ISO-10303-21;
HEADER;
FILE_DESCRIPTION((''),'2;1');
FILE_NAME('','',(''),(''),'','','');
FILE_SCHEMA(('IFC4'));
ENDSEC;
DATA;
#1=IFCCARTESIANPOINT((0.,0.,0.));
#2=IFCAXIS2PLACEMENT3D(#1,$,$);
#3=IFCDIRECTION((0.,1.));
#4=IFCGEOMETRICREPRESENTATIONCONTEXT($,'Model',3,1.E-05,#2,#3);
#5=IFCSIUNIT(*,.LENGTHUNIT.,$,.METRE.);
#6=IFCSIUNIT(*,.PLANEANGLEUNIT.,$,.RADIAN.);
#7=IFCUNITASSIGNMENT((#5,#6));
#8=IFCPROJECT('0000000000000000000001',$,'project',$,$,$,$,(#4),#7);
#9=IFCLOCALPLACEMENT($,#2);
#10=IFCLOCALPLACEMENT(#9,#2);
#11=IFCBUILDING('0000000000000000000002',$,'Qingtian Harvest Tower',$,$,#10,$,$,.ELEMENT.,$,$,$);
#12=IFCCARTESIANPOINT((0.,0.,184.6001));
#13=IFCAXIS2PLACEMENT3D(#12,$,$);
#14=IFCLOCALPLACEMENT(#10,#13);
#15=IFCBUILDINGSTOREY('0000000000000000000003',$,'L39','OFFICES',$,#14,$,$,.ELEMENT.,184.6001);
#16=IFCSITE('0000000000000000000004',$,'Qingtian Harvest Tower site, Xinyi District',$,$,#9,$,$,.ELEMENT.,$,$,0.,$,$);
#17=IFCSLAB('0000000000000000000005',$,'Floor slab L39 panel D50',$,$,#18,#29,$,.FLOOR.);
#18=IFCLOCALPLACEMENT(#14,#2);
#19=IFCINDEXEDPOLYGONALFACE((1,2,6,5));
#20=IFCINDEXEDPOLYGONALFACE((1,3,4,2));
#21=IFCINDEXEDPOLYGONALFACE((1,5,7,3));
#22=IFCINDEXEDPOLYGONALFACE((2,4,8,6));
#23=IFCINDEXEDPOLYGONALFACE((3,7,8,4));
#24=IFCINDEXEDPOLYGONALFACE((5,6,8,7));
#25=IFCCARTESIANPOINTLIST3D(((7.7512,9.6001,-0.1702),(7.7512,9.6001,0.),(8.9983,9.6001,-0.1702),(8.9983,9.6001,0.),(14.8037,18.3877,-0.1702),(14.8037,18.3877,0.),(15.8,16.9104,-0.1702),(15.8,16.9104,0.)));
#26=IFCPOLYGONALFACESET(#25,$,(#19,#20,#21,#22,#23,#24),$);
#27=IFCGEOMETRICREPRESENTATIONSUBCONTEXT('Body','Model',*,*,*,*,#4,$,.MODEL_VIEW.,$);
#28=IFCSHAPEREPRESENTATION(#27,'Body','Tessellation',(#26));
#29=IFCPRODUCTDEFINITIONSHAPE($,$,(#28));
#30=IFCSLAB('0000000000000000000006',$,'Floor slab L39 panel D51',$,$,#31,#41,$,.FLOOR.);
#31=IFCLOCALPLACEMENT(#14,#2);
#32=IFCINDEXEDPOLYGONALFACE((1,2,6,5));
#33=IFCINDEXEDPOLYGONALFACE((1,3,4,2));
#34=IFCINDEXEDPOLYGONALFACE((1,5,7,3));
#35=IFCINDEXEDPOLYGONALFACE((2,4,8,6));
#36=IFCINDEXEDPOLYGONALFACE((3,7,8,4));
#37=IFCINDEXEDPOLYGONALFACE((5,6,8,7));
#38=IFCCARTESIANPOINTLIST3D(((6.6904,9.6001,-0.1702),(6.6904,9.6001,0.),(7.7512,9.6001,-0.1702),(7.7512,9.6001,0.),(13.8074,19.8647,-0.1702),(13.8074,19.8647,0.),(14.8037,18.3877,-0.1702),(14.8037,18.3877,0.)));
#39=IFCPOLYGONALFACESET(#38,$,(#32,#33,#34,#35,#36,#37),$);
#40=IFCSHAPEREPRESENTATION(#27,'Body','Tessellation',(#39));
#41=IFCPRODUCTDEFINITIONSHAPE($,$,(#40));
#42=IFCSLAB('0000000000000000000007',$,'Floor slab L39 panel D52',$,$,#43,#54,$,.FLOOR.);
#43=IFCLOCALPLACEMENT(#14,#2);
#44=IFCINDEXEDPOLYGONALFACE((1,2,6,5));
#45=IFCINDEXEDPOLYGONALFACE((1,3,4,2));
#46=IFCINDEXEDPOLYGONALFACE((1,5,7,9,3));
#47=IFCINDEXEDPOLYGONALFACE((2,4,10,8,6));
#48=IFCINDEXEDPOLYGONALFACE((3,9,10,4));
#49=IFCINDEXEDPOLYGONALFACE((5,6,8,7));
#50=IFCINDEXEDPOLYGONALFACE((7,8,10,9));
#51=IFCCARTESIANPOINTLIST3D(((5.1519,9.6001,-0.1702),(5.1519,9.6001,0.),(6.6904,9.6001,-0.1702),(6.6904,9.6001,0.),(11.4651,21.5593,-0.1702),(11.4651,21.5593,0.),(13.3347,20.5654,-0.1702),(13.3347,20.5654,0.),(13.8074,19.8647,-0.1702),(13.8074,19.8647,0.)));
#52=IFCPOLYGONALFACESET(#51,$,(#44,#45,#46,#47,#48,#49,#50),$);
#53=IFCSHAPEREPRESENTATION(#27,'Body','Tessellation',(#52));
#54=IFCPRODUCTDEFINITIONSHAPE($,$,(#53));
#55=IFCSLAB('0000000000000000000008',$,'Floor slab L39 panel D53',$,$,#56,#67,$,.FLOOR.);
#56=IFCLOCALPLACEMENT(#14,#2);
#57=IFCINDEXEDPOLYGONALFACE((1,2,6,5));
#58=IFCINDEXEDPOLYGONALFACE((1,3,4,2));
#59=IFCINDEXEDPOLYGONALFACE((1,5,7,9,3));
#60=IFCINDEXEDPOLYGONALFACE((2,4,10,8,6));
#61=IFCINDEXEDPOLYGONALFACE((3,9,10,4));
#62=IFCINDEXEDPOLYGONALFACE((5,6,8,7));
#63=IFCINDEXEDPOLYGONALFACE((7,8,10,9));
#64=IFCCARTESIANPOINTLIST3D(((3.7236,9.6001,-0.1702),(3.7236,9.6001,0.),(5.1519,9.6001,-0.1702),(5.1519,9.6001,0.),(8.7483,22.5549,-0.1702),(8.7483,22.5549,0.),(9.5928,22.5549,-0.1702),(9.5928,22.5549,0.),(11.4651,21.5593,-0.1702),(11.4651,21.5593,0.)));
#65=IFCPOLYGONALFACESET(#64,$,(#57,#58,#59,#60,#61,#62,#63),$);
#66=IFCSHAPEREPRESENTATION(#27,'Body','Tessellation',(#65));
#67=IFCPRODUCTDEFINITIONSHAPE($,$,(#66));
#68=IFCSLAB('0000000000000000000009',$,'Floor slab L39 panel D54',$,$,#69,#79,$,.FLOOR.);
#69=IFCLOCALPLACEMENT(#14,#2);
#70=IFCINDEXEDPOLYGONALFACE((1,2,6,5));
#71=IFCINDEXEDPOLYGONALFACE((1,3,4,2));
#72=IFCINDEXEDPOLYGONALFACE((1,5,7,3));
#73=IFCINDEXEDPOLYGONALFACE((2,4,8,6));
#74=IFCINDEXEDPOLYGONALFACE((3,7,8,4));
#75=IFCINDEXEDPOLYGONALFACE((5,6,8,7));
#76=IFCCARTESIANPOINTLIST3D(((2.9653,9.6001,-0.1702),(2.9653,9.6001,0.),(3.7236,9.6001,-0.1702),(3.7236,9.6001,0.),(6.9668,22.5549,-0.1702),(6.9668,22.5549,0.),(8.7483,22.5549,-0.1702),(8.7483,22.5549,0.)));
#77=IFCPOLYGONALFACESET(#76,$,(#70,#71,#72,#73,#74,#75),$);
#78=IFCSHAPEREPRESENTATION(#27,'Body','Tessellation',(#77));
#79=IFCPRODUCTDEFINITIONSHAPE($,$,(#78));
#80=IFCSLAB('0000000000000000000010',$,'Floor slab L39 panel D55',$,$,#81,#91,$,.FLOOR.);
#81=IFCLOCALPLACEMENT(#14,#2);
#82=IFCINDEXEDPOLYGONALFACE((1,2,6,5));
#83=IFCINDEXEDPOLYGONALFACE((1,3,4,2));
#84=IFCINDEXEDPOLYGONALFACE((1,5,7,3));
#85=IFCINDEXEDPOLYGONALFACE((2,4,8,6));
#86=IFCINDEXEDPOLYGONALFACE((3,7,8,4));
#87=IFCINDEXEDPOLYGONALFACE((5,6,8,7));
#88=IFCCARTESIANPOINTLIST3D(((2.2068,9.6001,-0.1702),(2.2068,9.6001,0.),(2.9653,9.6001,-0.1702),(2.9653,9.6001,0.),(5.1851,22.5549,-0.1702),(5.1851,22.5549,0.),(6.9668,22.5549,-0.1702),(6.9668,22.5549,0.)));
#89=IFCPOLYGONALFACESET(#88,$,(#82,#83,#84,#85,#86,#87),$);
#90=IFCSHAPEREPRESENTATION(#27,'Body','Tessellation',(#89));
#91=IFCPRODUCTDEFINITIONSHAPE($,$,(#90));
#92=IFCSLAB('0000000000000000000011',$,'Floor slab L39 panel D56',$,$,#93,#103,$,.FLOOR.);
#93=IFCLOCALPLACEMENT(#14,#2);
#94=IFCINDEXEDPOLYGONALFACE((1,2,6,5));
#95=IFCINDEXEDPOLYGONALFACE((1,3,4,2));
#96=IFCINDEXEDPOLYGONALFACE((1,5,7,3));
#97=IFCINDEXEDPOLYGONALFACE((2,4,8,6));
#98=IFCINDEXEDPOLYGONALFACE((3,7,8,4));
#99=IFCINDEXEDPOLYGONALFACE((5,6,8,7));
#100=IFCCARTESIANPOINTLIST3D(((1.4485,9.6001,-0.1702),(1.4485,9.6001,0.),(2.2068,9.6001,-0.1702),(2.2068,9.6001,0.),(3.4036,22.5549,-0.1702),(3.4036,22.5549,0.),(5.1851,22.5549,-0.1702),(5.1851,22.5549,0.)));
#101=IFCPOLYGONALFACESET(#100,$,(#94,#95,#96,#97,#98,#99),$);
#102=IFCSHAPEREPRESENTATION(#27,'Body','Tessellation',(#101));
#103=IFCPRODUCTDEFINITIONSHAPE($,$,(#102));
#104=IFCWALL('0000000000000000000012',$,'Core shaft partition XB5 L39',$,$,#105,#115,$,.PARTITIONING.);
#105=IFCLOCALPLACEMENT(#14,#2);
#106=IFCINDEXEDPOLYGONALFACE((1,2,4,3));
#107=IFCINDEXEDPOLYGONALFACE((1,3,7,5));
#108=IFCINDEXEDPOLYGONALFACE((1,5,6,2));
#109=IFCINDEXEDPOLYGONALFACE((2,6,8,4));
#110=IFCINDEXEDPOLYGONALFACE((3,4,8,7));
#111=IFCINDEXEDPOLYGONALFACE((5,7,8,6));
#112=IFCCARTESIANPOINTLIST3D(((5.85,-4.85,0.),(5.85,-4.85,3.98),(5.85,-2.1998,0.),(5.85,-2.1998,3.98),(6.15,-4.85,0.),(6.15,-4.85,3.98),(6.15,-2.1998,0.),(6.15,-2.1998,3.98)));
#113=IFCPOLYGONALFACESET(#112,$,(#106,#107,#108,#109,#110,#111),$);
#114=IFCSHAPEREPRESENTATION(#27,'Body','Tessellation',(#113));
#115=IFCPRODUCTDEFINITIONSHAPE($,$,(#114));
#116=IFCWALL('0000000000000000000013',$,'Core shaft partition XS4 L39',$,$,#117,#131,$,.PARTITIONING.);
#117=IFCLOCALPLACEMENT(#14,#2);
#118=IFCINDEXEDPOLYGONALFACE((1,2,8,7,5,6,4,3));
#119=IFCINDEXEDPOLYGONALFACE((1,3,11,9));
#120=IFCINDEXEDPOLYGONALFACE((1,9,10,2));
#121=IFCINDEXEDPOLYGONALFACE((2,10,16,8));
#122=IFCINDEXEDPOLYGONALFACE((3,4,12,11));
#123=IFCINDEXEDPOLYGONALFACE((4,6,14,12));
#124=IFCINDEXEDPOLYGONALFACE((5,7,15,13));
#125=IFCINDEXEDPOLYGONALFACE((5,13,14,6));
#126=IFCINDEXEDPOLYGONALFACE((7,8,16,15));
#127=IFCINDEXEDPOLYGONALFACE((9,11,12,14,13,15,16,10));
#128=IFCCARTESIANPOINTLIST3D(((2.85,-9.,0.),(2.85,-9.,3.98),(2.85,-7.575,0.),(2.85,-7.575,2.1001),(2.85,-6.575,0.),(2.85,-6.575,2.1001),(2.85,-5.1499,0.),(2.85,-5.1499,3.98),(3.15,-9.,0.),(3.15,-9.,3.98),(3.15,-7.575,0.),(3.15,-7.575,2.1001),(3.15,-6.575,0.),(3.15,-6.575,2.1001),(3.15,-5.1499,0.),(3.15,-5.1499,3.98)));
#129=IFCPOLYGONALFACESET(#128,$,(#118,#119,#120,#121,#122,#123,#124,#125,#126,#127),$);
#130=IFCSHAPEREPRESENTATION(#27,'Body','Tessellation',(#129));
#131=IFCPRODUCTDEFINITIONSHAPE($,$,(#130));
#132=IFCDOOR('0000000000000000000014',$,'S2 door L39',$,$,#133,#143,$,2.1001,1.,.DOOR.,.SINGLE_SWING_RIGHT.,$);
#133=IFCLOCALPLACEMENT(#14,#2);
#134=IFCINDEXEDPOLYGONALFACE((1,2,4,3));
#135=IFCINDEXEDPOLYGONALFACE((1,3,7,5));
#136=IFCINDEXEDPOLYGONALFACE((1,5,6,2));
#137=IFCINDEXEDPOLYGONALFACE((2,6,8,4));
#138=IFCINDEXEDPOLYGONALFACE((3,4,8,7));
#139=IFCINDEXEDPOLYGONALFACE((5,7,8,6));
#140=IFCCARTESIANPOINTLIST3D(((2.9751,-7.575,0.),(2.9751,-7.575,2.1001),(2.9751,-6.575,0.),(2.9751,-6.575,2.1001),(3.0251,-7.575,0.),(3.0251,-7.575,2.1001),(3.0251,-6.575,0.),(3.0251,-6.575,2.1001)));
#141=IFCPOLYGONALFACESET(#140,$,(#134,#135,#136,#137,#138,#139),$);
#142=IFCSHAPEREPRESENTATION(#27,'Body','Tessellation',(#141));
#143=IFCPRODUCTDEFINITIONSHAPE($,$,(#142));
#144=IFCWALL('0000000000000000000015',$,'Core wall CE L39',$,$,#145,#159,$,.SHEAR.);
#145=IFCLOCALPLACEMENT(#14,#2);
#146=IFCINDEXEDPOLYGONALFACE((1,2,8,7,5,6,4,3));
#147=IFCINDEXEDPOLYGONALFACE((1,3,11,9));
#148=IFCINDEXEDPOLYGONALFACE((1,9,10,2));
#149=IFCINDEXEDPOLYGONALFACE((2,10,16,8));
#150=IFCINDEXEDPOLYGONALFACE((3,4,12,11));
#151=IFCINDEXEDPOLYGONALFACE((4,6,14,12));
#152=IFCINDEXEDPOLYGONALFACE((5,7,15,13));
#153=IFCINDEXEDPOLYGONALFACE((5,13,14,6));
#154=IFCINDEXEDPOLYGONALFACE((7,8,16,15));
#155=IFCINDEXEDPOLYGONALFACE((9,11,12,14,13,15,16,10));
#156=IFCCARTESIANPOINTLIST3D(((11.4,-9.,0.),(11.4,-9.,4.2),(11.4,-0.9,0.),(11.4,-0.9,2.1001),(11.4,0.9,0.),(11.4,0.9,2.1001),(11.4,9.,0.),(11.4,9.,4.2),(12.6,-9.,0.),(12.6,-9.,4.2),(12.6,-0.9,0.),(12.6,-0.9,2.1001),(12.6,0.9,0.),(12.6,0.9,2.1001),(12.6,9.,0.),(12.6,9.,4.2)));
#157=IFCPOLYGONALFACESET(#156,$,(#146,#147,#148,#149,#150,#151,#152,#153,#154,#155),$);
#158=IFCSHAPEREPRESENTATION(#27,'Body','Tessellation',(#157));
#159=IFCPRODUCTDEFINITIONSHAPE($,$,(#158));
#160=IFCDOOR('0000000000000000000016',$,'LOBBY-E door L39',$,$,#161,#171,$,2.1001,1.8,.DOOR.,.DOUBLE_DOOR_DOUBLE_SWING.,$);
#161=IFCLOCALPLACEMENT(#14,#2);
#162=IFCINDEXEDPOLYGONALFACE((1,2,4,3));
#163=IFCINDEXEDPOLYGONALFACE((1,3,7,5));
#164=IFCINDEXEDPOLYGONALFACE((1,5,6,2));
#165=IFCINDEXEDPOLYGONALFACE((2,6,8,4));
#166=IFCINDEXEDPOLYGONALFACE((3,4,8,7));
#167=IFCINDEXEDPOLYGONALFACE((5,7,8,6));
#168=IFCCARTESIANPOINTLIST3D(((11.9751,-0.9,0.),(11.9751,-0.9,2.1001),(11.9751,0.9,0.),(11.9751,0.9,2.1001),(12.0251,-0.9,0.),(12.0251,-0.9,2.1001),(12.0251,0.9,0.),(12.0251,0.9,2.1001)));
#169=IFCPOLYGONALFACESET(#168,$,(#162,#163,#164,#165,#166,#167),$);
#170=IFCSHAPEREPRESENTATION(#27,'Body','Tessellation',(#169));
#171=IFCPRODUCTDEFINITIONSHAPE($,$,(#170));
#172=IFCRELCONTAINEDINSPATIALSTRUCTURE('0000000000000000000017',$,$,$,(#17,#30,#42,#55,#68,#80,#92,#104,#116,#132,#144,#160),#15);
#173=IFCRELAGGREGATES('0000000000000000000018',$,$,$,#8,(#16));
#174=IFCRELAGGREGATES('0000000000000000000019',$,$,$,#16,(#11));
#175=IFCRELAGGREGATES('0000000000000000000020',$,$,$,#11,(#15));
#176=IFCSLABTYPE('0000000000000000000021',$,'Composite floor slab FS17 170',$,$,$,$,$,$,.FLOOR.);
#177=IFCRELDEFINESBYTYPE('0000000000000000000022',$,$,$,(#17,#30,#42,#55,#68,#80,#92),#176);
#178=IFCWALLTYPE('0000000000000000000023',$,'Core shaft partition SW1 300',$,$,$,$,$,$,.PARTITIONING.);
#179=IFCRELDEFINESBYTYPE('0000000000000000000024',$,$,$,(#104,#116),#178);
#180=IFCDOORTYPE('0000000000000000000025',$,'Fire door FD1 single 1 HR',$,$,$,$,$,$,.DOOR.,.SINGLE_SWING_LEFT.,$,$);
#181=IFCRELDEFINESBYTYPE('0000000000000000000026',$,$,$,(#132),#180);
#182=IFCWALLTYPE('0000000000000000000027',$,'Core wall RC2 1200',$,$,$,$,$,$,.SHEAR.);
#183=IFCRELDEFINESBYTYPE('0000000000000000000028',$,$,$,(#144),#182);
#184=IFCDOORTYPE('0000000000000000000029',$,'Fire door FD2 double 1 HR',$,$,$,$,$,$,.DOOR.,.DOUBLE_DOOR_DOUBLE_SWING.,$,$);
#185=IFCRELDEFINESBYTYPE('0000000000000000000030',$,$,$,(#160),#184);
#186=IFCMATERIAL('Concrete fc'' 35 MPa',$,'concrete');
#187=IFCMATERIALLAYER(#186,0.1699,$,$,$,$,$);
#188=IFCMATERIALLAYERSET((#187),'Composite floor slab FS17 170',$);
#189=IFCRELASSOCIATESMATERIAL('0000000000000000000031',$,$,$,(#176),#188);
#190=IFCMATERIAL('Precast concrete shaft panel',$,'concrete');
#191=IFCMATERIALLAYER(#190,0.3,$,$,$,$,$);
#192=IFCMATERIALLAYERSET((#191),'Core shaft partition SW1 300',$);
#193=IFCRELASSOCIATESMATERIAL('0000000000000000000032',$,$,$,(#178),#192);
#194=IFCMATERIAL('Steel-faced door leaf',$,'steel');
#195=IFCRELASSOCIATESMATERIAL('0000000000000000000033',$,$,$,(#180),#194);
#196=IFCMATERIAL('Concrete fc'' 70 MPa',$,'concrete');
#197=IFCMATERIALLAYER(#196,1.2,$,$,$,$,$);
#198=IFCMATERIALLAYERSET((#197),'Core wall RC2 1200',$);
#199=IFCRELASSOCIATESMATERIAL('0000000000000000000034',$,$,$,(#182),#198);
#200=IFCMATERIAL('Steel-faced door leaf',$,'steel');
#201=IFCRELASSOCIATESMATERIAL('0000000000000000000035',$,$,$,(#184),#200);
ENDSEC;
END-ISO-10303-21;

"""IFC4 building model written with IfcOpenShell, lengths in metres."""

from ifc_helpers import new_model, si_unit, direction, frame, frame_2d, origin, place, context, subcontext, project, spatial, polyline, rectangle, outline, extrude, material, layer, layer_set, type_object, element, fill, save


model = new_model("IFC4")

# Units and contexts
model_context = context("Model", 3, precision=1e-05, world=origin(), true_north=direction((0.0, 1.0)))
body_context = subcontext(model_context, "Body", "Model", "MODEL_VIEW")
ifc_project = project(units=[si_unit("LENGTHUNIT", "METRE"), si_unit("PLANEANGLEUNIT", "RADIAN")], contexts=[model_context])

# Site, building, storey
site_placement = place(None, origin())
site = spatial("IfcSite", under=ifc_project, at=site_placement, Name="Qingtian Harvest Tower site, Xinyi District", CompositionType="ELEMENT", RefElevation=0.0)
building_placement = place(site_placement, origin())
building = spatial("IfcBuilding", under=site, at=building_placement, Name="Qingtian Harvest Tower", CompositionType="ELEMENT")
storey_placement = place(building_placement, frame((0.0, 0.0, 184.6001)))
storey = spatial("IfcBuildingStorey", under=building, at=storey_placement, Name="L39", Description="OFFICES", CompositionType="ELEMENT", Elevation=184.6001)

# Slabs
ifc_material_1 = material(Name="Concrete fc' 35 MPa", Category="concrete")
ifc_layer_1 = layer(ifc_material_1, 0.1699)
ifc_layer_set_1 = layer_set([ifc_layer_1], Name="Composite floor slab FS17 170")
slab_type = type_object("IfcSlabType", Name="Composite floor slab FS17 170", PredefinedType="FLOOR", material=ifc_layer_set_1)
slab_1_placement = place(storey_placement, frame((0.0, 0.0, -0.1702)))
element("IfcSlab", 1, at=slab_1_placement, inside=storey, type_object=slab_type, Name="Floor slab L39 panel D50", PredefinedType="FLOOR", context=body_context, shape_type="SweptSolid", body=[
    extrude(outline(polyline([(7.7512, 9.6001), (14.8037, 18.3877), (15.8, 16.9104), (8.9983, 9.6001), (7.7512, 9.6001)])), origin(), (0.0, 0.0, 1.0), 0.1702),
])
slab_2_placement = place(storey_placement, frame((0.0, 0.0, -0.1702)))
element("IfcSlab", 2, at=slab_2_placement, inside=storey, type_object=slab_type, Name="Floor slab L39 panel D51", PredefinedType="FLOOR", context=body_context, shape_type="SweptSolid", body=[
    extrude(outline(polyline([(6.6904, 9.6001), (13.8074, 19.8647), (14.8037, 18.3877), (7.7512, 9.6001), (6.6904, 9.6001)])), origin(), (0.0, 0.0, 1.0), 0.1702),
])
slab_3_placement = place(storey_placement, frame((0.0, 0.0, -0.1702)))
element("IfcSlab", 3, at=slab_3_placement, inside=storey, type_object=slab_type, Name="Floor slab L39 panel D52", PredefinedType="FLOOR", context=body_context, shape_type="SweptSolid", body=[
    extrude(outline(polyline([(6.6904, 9.6001), (5.1519, 9.6001), (11.4651, 21.5593), (13.3347, 20.5654), (13.8074, 19.8647), (6.6904, 9.6001)])), origin(), (0.0, 0.0, 1.0), 0.1702),
])
slab_4_placement = place(storey_placement, frame((0.0, 0.0, -0.1702)))
element("IfcSlab", 4, at=slab_4_placement, inside=storey, type_object=slab_type, Name="Floor slab L39 panel D53", PredefinedType="FLOOR", context=body_context, shape_type="SweptSolid", body=[
    extrude(outline(polyline([(3.7236, 9.6001), (8.7483, 22.5549), (9.5928, 22.5549), (11.4651, 21.5593), (5.1519, 9.6001), (3.7236, 9.6001)])), origin(), (0.0, 0.0, 1.0), 0.1702),
])
slab_5_placement = place(storey_placement, frame((0.0, 0.0, -0.1702)))
element("IfcSlab", 5, at=slab_5_placement, inside=storey, type_object=slab_type, Name="Floor slab L39 panel D54", PredefinedType="FLOOR", context=body_context, shape_type="SweptSolid", body=[
    extrude(outline(polyline([(2.9653, 9.6001), (6.9668, 22.5549), (8.7483, 22.5549), (3.7236, 9.6001), (2.9653, 9.6001)])), origin(), (0.0, 0.0, 1.0), 0.1702),
])
slab_6_placement = place(storey_placement, frame((0.0, 0.0, -0.1702)))
element("IfcSlab", 6, at=slab_6_placement, inside=storey, type_object=slab_type, Name="Floor slab L39 panel D55", PredefinedType="FLOOR", context=body_context, shape_type="SweptSolid", body=[
    extrude(outline(polyline([(2.2068, 9.6001), (5.1851, 22.5549), (6.9668, 22.5549), (2.9653, 9.6001), (2.2068, 9.6001)])), origin(), (0.0, 0.0, 1.0), 0.1702),
])
slab_7_placement = place(storey_placement, frame((0.0, 0.0, -0.1702)))
element("IfcSlab", 7, at=slab_7_placement, inside=storey, type_object=slab_type, Name="Floor slab L39 panel D56", PredefinedType="FLOOR", context=body_context, shape_type="SweptSolid", body=[
    extrude(outline(polyline([(1.4485, 9.6001), (3.4036, 22.5549), (5.1851, 22.5549), (2.2068, 9.6001), (1.4485, 9.6001)])), origin(), (0.0, 0.0, 1.0), 0.1702),
])

# Wall
ifc_material_2 = material(Name="Precast concrete shaft panel", Category="concrete")
ifc_layer_2 = layer(ifc_material_2, 0.3)
ifc_layer_set_2 = layer_set([ifc_layer_2], Name="Core shaft partition SW1 300")
wall_type_1 = type_object("IfcWallType", Name="Core shaft partition SW1 300", PredefinedType="PARTITIONING", material=ifc_layer_set_2)
wall_1_placement = place(storey_placement, frame((6.0, -4.8501, 0.0), z_axis=(0.0, 0.0, 1.0), x_axis=(0.0, 1.0, 0.0)))
element("IfcWall", 8, at=wall_1_placement, inside=storey, type_object=wall_type_1, Name="Core shaft partition XB5 L39", PredefinedType="PARTITIONING", context=body_context, shape_type="SweptSolid", body=[
    extrude(rectangle(XDim=2.6501, YDim=0.3, at=frame_2d((1.3252, 0.0))), origin(), (0.0, 0.0, 1.0), 3.98),
])

# Walls, openings, doors
wall_2_placement = place(storey_placement, frame((3.0, -9.0, 0.0), z_axis=(0.0, 0.0, 1.0), x_axis=(0.0, 1.0, 0.0)))
wall_2 = element("IfcWall", 9, at=wall_2_placement, inside=storey, type_object=wall_type_1, Name="Core shaft partition XS4 L39", PredefinedType="PARTITIONING", context=body_context, shape_type="SweptSolid", body=[
    extrude(rectangle(XDim=3.8501, YDim=0.3, at=frame_2d((1.925, 0.0))), origin(), (0.0, 0.0, 1.0), 3.98),
])
opening_1_placement = place(wall_2_placement, frame((1.425, 0.0, 0.0)))
opening_1 = element("IfcOpeningElement", 10, at=opening_1_placement, cuts=wall_2, PredefinedType="OPENING", context=body_context, shape_type="SweptSolid", body=[
    extrude(rectangle(XDim=1.0, YDim=2.1001, at=frame_2d((0.5, 1.05))), frame((0.0, 0.1599, 0.0), z_axis=(0.0, -1.0, 0.0), x_axis=(1.0, 0.0, 0.0)), (0.0, 0.0, 1.0), 0.3201),
])
ifc_material_3 = material(Name="Steel-faced door leaf", Category="steel")
door_type_1 = type_object("IfcDoorType", Name="Fire door FD1 single 1 HR", OperationType="SINGLE_SWING_LEFT", PredefinedType="DOOR", material=ifc_material_3)
door_1_placement = place(opening_1_placement, origin())
door_1 = element("IfcDoor", 11, at=door_1_placement, inside=storey, type_object=door_type_1, Name="S2 door L39", OperationType="SINGLE_SWING_RIGHT", OverallHeight=2.1001, OverallWidth=1.0, PredefinedType="DOOR", context=body_context, shape_type="SweptSolid", body=[
    extrude(rectangle(XDim=1.0, YDim=2.1001, at=frame_2d((0.5, 1.05))), frame((0.0, 0.0249, 0.0), z_axis=(0.0, -1.0, 0.0), x_axis=(1.0, 0.0, 0.0)), (0.0, 0.0, 1.0), 0.05),
])
fill(opening_1, door_1)
ifc_material_4 = material(Name="Concrete fc' 70 MPa", Category="concrete")
ifc_layer_3 = layer(ifc_material_4, 1.2)
ifc_layer_set_3 = layer_set([ifc_layer_3], Name="Core wall RC2 1200")
wall_type_2 = type_object("IfcWallType", Name="Core wall RC2 1200", PredefinedType="SHEAR", material=ifc_layer_set_3)
wall_3_placement = place(storey_placement, frame((12.0, -9.0, 0.0), z_axis=(0.0, 0.0, 1.0), x_axis=(0.0, 1.0, 0.0)))
wall_3 = element("IfcWall", 12, at=wall_3_placement, inside=storey, type_object=wall_type_2, Name="Core wall CE L39", PredefinedType="SHEAR", context=body_context, shape_type="SweptSolid", body=[
    extrude(rectangle(XDim=18.0, YDim=1.2, at=frame_2d((9.0, 0.0))), origin(), (0.0, 0.0, 1.0), 4.2),
])
opening_2_placement = place(wall_3_placement, frame((8.1001, 0.0, 0.0)))
opening_2 = element("IfcOpeningElement", 13, at=opening_2_placement, cuts=wall_3, PredefinedType="OPENING", context=body_context, shape_type="SweptSolid", body=[
    extrude(rectangle(XDim=1.8, YDim=2.1001, at=frame_2d((0.8999, 1.05))), frame((0.0, 0.6099, 0.0), z_axis=(0.0, -1.0, 0.0), x_axis=(1.0, 0.0, 0.0)), (0.0, 0.0, 1.0), 1.22),
])
ifc_material_5 = material(Name="Steel-faced door leaf", Category="steel")
door_type_2 = type_object("IfcDoorType", Name="Fire door FD2 double 1 HR", OperationType="DOUBLE_DOOR_DOUBLE_SWING", PredefinedType="DOOR", material=ifc_material_5)
door_2_placement = place(opening_2_placement, origin())
door_2 = element("IfcDoor", 14, at=door_2_placement, inside=storey, type_object=door_type_2, Name="LOBBY-E door L39", OperationType="DOUBLE_DOOR_DOUBLE_SWING", OverallHeight=2.1001, OverallWidth=1.8, PredefinedType="DOOR", context=body_context, shape_type="SweptSolid", body=[
    extrude(rectangle(XDim=1.8, YDim=2.1001, at=frame_2d((0.8999, 1.05))), frame((0.0, 0.0249, 0.0), z_axis=(0.0, -1.0, 0.0), x_axis=(1.0, 0.0, 0.0)), (0.0, 0.0, 1.0), 0.05),
])
fill(opening_2, door_2)

save(model, "model.ifc")
